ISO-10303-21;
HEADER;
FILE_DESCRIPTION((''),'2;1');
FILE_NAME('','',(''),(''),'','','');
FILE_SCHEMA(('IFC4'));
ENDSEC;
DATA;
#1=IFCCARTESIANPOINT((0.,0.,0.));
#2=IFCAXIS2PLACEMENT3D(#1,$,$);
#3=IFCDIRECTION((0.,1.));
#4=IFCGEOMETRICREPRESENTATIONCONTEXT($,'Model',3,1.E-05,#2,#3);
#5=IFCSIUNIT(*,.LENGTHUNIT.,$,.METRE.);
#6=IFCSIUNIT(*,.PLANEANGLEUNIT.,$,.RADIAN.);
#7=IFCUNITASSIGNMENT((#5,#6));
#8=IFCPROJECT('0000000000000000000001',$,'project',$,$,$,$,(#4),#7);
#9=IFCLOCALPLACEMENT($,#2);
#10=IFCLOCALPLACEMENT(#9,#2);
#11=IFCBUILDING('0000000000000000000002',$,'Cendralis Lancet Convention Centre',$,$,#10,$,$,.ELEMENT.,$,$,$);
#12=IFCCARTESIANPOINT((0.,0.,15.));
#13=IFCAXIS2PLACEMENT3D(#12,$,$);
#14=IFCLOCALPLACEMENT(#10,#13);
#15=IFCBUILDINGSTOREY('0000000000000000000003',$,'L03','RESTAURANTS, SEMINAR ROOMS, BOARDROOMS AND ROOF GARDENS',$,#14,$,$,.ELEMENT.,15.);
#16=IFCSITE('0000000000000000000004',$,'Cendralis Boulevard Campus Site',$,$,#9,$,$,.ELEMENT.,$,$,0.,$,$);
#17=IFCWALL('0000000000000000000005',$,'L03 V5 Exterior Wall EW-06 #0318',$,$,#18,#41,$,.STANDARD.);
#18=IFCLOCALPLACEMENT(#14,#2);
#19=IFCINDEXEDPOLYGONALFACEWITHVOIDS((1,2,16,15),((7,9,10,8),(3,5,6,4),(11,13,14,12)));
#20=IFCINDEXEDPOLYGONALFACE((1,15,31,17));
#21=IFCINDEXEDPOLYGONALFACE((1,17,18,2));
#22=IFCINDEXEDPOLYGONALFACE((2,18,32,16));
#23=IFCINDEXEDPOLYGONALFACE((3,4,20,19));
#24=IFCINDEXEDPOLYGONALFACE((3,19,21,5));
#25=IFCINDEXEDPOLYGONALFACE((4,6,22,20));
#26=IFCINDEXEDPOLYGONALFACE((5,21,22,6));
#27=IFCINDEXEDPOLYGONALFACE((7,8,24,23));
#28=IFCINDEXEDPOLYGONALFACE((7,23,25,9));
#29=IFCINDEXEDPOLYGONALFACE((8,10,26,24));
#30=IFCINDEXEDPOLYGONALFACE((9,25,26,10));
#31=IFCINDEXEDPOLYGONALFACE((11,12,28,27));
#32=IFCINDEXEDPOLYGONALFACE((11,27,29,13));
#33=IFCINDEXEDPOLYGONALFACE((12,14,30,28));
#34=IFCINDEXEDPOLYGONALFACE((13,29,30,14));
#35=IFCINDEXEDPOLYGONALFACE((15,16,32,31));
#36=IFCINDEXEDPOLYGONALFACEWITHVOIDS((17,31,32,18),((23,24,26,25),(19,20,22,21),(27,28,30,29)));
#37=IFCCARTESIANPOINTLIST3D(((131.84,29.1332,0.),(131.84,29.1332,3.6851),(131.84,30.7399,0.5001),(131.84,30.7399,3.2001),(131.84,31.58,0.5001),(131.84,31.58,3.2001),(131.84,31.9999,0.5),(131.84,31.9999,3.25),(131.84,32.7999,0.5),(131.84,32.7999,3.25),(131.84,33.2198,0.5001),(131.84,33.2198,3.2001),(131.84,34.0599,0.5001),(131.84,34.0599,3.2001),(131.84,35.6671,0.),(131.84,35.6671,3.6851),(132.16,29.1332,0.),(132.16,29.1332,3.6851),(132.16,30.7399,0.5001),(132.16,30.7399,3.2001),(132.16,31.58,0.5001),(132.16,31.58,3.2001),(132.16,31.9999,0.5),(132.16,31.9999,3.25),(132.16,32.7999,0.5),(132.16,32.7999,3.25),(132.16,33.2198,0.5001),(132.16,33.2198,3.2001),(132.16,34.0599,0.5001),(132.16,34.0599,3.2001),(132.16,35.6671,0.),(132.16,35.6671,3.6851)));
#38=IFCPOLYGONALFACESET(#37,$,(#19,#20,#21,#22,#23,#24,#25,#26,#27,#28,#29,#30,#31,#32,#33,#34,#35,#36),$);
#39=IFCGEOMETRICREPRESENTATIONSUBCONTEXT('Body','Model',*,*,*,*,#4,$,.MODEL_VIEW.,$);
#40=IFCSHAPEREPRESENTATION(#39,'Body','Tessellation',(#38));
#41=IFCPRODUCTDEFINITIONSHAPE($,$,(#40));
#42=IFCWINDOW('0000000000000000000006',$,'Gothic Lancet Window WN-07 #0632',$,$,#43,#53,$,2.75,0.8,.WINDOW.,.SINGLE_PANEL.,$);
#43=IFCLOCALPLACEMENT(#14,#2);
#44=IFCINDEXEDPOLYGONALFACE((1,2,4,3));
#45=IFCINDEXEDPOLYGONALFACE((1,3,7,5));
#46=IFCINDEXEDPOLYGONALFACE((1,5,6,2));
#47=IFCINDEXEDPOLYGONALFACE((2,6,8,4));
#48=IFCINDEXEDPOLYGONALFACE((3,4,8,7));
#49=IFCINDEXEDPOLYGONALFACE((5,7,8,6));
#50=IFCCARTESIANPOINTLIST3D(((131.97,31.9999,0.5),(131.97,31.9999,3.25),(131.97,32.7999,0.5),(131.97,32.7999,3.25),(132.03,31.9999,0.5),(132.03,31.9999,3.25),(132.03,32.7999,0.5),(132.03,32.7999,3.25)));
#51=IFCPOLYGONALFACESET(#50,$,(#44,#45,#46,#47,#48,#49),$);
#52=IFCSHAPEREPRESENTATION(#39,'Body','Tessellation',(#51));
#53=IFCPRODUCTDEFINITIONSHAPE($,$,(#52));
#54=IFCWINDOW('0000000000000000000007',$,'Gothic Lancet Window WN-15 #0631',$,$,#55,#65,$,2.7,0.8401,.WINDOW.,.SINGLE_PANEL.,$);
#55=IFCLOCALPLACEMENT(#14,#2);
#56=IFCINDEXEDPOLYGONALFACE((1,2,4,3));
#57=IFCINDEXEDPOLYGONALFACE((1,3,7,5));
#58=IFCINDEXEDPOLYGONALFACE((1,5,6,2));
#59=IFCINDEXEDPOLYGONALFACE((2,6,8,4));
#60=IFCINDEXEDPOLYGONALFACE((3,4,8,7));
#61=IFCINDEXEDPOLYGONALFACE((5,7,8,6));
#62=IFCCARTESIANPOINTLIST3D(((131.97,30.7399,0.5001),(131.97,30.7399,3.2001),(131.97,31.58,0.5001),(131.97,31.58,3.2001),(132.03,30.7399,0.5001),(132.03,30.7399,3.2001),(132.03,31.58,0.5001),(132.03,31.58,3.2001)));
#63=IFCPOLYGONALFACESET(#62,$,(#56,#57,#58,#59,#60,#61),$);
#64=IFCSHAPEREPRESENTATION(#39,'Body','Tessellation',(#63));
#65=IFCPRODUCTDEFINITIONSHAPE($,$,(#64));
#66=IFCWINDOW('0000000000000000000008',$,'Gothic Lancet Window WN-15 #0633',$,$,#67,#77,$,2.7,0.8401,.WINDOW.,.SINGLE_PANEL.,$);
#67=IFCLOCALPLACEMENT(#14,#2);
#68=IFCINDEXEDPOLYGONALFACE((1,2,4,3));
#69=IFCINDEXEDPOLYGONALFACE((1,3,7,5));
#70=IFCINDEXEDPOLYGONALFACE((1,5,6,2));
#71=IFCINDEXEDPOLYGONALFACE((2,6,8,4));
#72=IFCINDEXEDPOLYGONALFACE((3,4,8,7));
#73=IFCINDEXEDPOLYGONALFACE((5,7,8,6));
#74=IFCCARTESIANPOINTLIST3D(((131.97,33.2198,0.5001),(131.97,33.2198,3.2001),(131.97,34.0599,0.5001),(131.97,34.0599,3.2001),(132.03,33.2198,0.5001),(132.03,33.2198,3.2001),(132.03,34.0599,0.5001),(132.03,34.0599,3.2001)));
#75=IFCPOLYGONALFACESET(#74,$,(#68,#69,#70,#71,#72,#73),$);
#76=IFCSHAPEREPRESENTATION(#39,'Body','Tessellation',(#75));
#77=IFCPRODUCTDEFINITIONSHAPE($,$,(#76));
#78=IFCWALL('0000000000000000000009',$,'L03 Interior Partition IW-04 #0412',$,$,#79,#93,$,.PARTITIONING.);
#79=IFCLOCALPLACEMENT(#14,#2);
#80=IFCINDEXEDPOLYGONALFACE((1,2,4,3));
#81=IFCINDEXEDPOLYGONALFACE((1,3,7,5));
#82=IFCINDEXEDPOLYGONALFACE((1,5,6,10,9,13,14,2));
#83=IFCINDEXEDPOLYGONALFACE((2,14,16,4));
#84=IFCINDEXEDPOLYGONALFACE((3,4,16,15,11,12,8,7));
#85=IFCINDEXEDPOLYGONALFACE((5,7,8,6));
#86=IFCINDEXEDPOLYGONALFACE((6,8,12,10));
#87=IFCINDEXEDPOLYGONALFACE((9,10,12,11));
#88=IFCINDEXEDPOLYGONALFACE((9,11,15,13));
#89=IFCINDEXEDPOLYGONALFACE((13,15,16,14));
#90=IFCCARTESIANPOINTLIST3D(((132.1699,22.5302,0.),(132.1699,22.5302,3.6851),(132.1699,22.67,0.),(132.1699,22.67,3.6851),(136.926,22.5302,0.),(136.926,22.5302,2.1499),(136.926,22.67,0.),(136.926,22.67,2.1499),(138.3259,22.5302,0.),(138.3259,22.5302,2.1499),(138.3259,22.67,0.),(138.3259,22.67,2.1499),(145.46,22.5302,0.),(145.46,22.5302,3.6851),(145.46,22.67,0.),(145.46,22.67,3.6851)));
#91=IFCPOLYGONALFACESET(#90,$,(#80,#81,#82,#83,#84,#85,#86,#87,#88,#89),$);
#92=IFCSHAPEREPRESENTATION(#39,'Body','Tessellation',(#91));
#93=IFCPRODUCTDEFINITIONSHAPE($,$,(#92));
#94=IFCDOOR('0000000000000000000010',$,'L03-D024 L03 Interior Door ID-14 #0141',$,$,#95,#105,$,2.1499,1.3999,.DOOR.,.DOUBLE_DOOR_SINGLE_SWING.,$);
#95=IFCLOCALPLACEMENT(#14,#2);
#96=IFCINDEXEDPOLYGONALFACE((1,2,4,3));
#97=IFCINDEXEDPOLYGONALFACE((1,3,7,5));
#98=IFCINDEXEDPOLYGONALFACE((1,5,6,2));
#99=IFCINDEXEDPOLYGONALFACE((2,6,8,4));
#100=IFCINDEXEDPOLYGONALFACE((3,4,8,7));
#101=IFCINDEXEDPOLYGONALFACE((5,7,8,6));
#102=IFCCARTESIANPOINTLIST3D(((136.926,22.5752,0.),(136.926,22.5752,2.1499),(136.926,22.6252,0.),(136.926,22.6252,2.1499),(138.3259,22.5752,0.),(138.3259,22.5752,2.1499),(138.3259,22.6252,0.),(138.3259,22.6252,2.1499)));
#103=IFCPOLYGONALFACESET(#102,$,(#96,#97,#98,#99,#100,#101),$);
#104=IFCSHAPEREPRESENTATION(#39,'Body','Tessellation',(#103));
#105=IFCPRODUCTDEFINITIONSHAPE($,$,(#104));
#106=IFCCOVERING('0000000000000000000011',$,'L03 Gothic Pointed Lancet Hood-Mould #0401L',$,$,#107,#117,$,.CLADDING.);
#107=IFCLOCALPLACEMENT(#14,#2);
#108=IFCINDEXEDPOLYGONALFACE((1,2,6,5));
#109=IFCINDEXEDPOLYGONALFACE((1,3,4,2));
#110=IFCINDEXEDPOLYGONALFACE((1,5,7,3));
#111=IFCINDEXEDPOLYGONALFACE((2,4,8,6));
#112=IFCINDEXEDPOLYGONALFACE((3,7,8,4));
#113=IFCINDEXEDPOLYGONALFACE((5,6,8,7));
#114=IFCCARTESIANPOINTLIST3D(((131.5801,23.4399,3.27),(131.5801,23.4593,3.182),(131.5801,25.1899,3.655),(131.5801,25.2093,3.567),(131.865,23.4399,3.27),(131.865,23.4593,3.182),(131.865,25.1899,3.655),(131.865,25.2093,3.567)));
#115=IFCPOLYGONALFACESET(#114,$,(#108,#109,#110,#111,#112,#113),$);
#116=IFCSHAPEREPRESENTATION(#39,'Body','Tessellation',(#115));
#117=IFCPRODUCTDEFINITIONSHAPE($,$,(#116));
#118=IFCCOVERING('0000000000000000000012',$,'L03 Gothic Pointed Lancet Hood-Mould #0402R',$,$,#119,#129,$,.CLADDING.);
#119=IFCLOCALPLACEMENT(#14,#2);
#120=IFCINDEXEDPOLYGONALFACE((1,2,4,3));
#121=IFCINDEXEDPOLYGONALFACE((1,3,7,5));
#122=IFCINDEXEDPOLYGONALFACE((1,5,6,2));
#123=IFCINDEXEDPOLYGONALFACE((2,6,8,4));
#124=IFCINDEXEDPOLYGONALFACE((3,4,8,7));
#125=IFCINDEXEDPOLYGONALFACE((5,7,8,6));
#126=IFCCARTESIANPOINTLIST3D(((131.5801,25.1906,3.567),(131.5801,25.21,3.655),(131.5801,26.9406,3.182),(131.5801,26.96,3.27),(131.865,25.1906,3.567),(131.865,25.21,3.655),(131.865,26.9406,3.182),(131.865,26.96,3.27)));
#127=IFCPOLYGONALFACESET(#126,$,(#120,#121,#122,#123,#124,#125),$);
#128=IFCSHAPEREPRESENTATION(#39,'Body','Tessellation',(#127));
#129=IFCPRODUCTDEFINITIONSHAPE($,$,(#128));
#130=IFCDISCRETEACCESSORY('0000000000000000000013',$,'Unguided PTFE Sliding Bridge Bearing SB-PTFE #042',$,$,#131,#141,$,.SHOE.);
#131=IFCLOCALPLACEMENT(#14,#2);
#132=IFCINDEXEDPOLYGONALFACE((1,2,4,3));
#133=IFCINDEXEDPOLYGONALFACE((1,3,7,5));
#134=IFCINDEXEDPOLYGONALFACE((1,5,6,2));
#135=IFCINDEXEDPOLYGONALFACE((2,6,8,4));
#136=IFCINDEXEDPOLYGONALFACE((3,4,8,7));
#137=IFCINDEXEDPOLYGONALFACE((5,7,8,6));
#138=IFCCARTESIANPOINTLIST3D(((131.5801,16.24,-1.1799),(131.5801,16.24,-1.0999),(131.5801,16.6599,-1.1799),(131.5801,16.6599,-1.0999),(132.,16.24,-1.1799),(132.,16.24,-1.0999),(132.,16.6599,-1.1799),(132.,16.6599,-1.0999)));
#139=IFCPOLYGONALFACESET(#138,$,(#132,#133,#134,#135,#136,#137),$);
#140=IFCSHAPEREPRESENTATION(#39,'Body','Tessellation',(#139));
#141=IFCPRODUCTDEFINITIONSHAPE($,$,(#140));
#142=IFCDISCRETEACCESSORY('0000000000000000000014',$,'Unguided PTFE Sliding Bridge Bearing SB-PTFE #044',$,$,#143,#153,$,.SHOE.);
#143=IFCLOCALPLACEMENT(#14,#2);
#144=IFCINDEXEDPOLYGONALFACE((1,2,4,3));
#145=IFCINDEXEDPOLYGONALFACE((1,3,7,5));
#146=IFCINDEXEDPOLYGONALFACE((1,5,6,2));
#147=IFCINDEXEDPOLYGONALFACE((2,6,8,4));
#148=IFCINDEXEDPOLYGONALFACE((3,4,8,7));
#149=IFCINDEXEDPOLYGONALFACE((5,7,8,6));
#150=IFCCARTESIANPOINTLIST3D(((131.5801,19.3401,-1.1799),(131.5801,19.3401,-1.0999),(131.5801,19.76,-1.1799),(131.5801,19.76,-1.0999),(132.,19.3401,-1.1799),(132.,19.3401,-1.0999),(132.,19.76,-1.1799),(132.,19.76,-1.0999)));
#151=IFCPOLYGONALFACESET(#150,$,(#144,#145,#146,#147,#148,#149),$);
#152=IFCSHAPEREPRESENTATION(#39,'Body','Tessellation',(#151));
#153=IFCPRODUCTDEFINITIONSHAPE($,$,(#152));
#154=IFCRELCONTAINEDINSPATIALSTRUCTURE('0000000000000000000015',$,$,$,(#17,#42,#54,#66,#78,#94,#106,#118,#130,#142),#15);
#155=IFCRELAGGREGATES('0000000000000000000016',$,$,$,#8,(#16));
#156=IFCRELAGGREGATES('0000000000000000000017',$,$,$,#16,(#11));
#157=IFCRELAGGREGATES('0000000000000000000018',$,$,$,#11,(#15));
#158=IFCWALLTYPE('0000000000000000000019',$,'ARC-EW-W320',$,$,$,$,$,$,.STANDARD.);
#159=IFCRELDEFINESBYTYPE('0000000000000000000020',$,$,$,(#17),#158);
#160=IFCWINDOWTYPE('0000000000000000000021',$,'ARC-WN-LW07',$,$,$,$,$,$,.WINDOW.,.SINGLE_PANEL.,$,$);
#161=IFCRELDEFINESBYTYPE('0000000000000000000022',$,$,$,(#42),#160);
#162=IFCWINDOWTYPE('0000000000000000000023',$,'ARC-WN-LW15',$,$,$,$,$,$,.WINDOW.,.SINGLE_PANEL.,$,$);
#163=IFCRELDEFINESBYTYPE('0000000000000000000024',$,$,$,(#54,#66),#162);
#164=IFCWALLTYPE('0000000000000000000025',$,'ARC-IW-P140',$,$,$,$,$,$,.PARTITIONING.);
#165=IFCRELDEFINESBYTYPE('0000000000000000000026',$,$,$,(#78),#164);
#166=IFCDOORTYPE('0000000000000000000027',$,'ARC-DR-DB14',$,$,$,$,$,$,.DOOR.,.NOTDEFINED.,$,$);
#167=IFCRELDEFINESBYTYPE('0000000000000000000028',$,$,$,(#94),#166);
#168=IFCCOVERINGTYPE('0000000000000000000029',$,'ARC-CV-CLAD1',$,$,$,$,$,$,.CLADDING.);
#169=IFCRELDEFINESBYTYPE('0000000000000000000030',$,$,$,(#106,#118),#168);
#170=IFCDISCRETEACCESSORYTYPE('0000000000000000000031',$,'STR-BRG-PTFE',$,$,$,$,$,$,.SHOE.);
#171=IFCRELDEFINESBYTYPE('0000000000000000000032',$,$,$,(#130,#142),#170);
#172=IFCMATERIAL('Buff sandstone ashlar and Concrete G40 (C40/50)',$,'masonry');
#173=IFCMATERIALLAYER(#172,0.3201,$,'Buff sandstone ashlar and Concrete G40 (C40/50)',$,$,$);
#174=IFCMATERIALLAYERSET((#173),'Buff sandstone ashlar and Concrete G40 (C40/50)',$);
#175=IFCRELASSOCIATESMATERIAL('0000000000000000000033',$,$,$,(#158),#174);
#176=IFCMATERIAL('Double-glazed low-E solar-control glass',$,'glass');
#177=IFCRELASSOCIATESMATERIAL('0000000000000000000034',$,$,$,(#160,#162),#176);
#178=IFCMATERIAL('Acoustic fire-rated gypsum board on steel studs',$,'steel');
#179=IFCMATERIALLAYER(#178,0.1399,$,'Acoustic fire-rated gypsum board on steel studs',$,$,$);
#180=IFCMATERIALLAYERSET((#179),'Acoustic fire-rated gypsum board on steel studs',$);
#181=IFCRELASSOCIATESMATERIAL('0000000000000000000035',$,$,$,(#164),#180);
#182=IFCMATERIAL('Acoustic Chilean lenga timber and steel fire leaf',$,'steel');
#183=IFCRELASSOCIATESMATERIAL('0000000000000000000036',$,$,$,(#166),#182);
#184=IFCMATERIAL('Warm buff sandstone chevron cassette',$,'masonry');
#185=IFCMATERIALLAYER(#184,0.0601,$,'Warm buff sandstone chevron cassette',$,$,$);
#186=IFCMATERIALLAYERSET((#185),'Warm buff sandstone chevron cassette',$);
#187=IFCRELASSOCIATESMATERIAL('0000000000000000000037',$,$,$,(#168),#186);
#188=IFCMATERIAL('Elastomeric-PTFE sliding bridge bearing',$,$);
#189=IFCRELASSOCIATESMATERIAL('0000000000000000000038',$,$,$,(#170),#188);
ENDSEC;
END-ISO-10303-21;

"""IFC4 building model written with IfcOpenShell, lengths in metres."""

from ifc_helpers import new_model, si_unit, direction, frame, frame_2d, origin, origin_2d, place, context, subcontext, project, spatial, polyline, rectangle, outline, extrude, material, layer, layer_set, type_object, element, fill, save


model = new_model("IFC4")

# Units and contexts
model_context = context("Model", 3, precision=1e-05, world=origin(), true_north=direction((0.0, 1.0)))
body_context = subcontext(model_context, "Body", "Model", "MODEL_VIEW")
ifc_project = project(units=[si_unit("LENGTHUNIT", "METRE"), si_unit("PLANEANGLEUNIT", "RADIAN")], contexts=[model_context])

# Site, building, storey
site_placement = place(None, origin())
site = spatial("IfcSite", under=ifc_project, at=site_placement, Name="Cendralis Boulevard Campus Site", CompositionType="ELEMENT", RefElevation=0.0)
building_placement = place(site_placement, origin())
building = spatial("IfcBuilding", under=site, at=building_placement, Name="Cendralis Lancet Convention Centre", CompositionType="ELEMENT")
storey_placement = place(building_placement, frame((0.0, 0.0, 15.0)))
storey = spatial("IfcBuildingStorey", under=building, at=storey_placement, Name="L03", Description="RESTAURANTS, SEMINAR ROOMS, BOARDROOMS AND ROOF GARDENS", CompositionType="ELEMENT", Elevation=15.0)

# Wall, openings, windows
ifc_material_1 = material(Name="Buff sandstone ashlar and Concrete G40 (C40/50)", Category="masonry")
ifc_layer_1 = layer(ifc_material_1, 0.3201, Name="Buff sandstone ashlar and Concrete G40 (C40/50)")
ifc_layer_set_1 = layer_set([ifc_layer_1], Name="Buff sandstone ashlar and Concrete G40 (C40/50)")
wall_type_1 = type_object("IfcWallType", Name="ARC-EW-W320", PredefinedType="STANDARD", material=ifc_layer_set_1)
ifc_material_2 = material(Name="Double-glazed low-E solar-control glass", Category="glass")
window_type_1 = type_object("IfcWindowType", Name="ARC-WN-LW07", PartitioningType="SINGLE_PANEL", PredefinedType="WINDOW", material=ifc_material_2)
wall_1_placement = place(storey_placement, frame((132.0, 29.1331, 0.0), z_axis=(0.0, 0.0, 1.0), x_axis=(0.0, 1.0, 0.0)))
wall_1 = element("IfcWall", 1, at=wall_1_placement, inside=storey, type_object=wall_type_1, Name="L03 V5 Exterior Wall EW-06 #0318", PredefinedType="STANDARD", context=body_context, shape_type="SweptSolid", body=[
    extrude(rectangle(XDim=6.5339, YDim=0.3201, at=frame_2d((3.2671, 0.0))), origin(), (0.0, 0.0, 1.0), 3.6851),
])
opening_1_placement = place(wall_1_placement, frame((1.6069, 0.0, 0.5)))
opening_1 = element("IfcOpeningElement", 2, at=opening_1_placement, cuts=wall_1, PredefinedType="OPENING", context=body_context, shape_type="SweptSolid", body=[
    extrude(rectangle(XDim=0.8401, YDim=2.7, at=frame_2d((0.4199, 1.3501))), frame((0.0, 0.1699, 0.0), z_axis=(0.0, -1.0, 0.0), x_axis=(1.0, 0.0, 0.0)), (0.0, 0.0, 1.0), 0.3401),
])
opening_2_placement = place(wall_1_placement, frame((2.8669, 0.0, 0.5)))
opening_2 = element("IfcOpeningElement", 3, at=opening_2_placement, cuts=wall_1, PredefinedType="OPENING", context=body_context, shape_type="SweptSolid", body=[
    extrude(rectangle(XDim=0.8, YDim=2.75, at=frame_2d((0.3999, 1.375))), frame((0.0, 0.1699, 0.0), z_axis=(0.0, -1.0, 0.0), x_axis=(1.0, 0.0, 0.0)), (0.0, 0.0, 1.0), 0.3401),
])
opening_3_placement = place(wall_1_placement, frame((4.0869, 0.0, 0.5)))
opening_3 = element("IfcOpeningElement", 4, at=opening_3_placement, cuts=wall_1, PredefinedType="OPENING", context=body_context, shape_type="SweptSolid", body=[
    extrude(rectangle(XDim=0.8401, YDim=2.7, at=frame_2d((0.4199, 1.3501))), frame((0.0, 0.1699, 0.0), z_axis=(0.0, -1.0, 0.0), x_axis=(1.0, 0.0, 0.0)), (0.0, 0.0, 1.0), 0.3401),
])
window_1_placement = place(opening_2_placement, origin())
window_1 = element("IfcWindow", 5, at=window_1_placement, inside=storey, type_object=window_type_1, Name="Gothic Lancet Window WN-07 #0632", OverallHeight=2.75, OverallWidth=0.8, PartitioningType="SINGLE_PANEL", PredefinedType="WINDOW", context=body_context, shape_type="SweptSolid", body=[
    extrude(rectangle(XDim=0.8, YDim=2.75, at=frame_2d((0.3999, 1.375))), frame((0.0, 0.03, 0.0), z_axis=(0.0, -1.0, 0.0), x_axis=(1.0, 0.0, 0.0)), (0.0, 0.0, 1.0), 0.0601),
])
fill(opening_2, window_1)
window_type_2 = type_object("IfcWindowType", Name="ARC-WN-LW15", PartitioningType="SINGLE_PANEL", PredefinedType="WINDOW", material=ifc_material_2)
window_2_placement = place(opening_1_placement, origin())
window_2 = element("IfcWindow", 6, at=window_2_placement, inside=storey, type_object=window_type_2, Name="Gothic Lancet Window WN-15 #0631", OverallHeight=2.7, OverallWidth=0.8401, PartitioningType="SINGLE_PANEL", PredefinedType="WINDOW", context=body_context, shape_type="SweptSolid", body=[
    extrude(rectangle(XDim=0.8401, YDim=2.7, at=frame_2d((0.4199, 1.3501))), frame((0.0, 0.03, 0.0), z_axis=(0.0, -1.0, 0.0), x_axis=(1.0, 0.0, 0.0)), (0.0, 0.0, 1.0), 0.0601),
])
fill(opening_1, window_2)
window_3_placement = place(opening_3_placement, origin())
window_3 = element("IfcWindow", 7, at=window_3_placement, inside=storey, type_object=window_type_2, Name="Gothic Lancet Window WN-15 #0633", OverallHeight=2.7, OverallWidth=0.8401, PartitioningType="SINGLE_PANEL", PredefinedType="WINDOW", context=body_context, shape_type="SweptSolid", body=[
    extrude(rectangle(XDim=0.8401, YDim=2.7, at=frame_2d((0.4199, 1.3501))), frame((0.0, 0.03, 0.0), z_axis=(0.0, -1.0, 0.0), x_axis=(1.0, 0.0, 0.0)), (0.0, 0.0, 1.0), 0.0601),
])
fill(opening_3, window_3)

# Wall, opening, door
ifc_material_3 = material(Name="Acoustic fire-rated gypsum board on steel studs", Category="steel")
ifc_layer_2 = layer(ifc_material_3, 0.1399, Name="Acoustic fire-rated gypsum board on steel studs")
ifc_layer_set_2 = layer_set([ifc_layer_2], Name="Acoustic fire-rated gypsum board on steel studs")
wall_type_2 = type_object("IfcWallType", Name="ARC-IW-P140", PredefinedType="PARTITIONING", material=ifc_layer_set_2)
wall_2_placement = place(storey_placement, frame((132.1699, 22.6001, 0.0), z_axis=(0.0, 0.0, 1.0), x_axis=(1.0, 0.0, 0.0)))
wall_2 = element("IfcWall", 8, at=wall_2_placement, inside=storey, type_object=wall_type_2, Name="L03 Interior Partition IW-04 #0412", PredefinedType="PARTITIONING", context=body_context, shape_type="SweptSolid", body=[
    extrude(rectangle(XDim=13.29, YDim=0.1399, at=frame_2d((6.645, 0.0))), origin(), (0.0, 0.0, 1.0), 3.6851),
])
opening_4_placement = place(wall_2_placement, frame((4.7561, 0.0, 0.0)))
opening_4 = element("IfcOpeningElement", 9, at=opening_4_placement, cuts=wall_2, PredefinedType="OPENING", context=body_context, shape_type="SweptSolid", body=[
    extrude(rectangle(XDim=1.3999, YDim=2.1499, at=frame_2d((0.7, 1.075))), frame((0.0, 0.0798, 0.0), z_axis=(0.0, -1.0, 0.0), x_axis=(1.0, 0.0, 0.0)), (0.0, 0.0, 1.0), 0.1599),
])
ifc_material_4 = material(Name="Acoustic Chilean lenga timber and steel fire leaf", Category="steel")
door_type = type_object("IfcDoorType", Name="ARC-DR-DB14", OperationType="NOTDEFINED", PredefinedType="DOOR", material=ifc_material_4)
door_placement = place(opening_4_placement, frame((1.3999, 0.0, 0.0), z_axis=(0.0, 0.0, 1.0), x_axis=(-1.0, 0.0, 0.0)))
door = element("IfcDoor", 10, at=door_placement, inside=storey, type_object=door_type, Name="L03-D024 L03 Interior Door ID-14 #0141", OperationType="DOUBLE_DOOR_SINGLE_SWING", OverallHeight=2.1499, OverallWidth=1.3999, PredefinedType="DOOR", context=body_context, shape_type="SweptSolid", body=[
    extrude(rectangle(XDim=1.3999, YDim=2.1499, at=frame_2d((0.7, 1.075))), frame((0.0, 0.0249, 0.0), z_axis=(0.0, -1.0, 0.0), x_axis=(1.0, 0.0, 0.0)), (0.0, 0.0, 1.0), 0.05),
])
fill(opening_4, door)

# Coverings
ifc_material_5 = material(Name="Warm buff sandstone chevron cassette", Category="masonry")
ifc_layer_3 = layer(ifc_material_5, 0.0601, Name="Warm buff sandstone chevron cassette")
ifc_layer_set_3 = layer_set([ifc_layer_3], Name="Warm buff sandstone chevron cassette")
covering_type = type_object("IfcCoveringType", Name="ARC-CV-CLAD1", PredefinedType="CLADDING", material=ifc_layer_set_3)
for number, where, z_axis, x_axis, name in (
    (11, (131.5801, 23.4399, 3.27), (0.0, -0.214867, 0.976643), (1.0, 0.0, 0.0), "L03 Gothic Pointed Lancet Hood-Mould #0401L"),
    (12, (131.5801, 25.21, 3.655), (0.0, 0.214867, 0.976643), (1.0, 0.0, 0.0), "L03 Gothic Pointed Lancet Hood-Mould #0402R"),
):
    element("IfcCovering", number, at=place(storey_placement, frame(where, z_axis=z_axis, x_axis=x_axis)), inside=storey, type_object=covering_type, Name=name, PredefinedType="CLADDING", context=body_context, shape_type="SweptSolid", body=[
        extrude(outline(polyline([(0.0, 0.0), (0.2849, 0.0), (0.2849, 1.7919), (0.0, 1.7919), (0.0, 0.0)])), origin(), (0.0, 0.0, -1.0), 0.0901),
    ])

# Discrete accessories
ifc_material_6 = material(Name="Elastomeric-PTFE sliding bridge bearing")
discrete_accessory_type = type_object("IfcDiscreteAccessoryType", Name="STR-BRG-PTFE", PredefinedType="SHOE", material=ifc_material_6)
for number, where, z_axis, x_axis, name in (
    (13, (131.79, 16.45, -1.1799), (0.0, 0.0, 1.0), (1.0, 0.0, 0.0), "Unguided PTFE Sliding Bridge Bearing SB-PTFE #042"),
    (14, (131.79, 19.55, -1.1799), (0.0, 0.0, 1.0), (1.0, 0.0, 0.0), "Unguided PTFE Sliding Bridge Bearing SB-PTFE #044"),
):
    element("IfcDiscreteAccessory", number, at=place(storey_placement, frame(where, z_axis=z_axis, x_axis=x_axis)), inside=storey, type_object=discrete_accessory_type, Name=name, PredefinedType="SHOE", context=body_context, shape_type="SweptSolid", body=[
        extrude(rectangle(XDim=0.4199, YDim=0.4199, at=origin_2d()), origin(), (0.0, 0.0, 1.0), 0.0801),
    ])

save(model, "model.ifc")
